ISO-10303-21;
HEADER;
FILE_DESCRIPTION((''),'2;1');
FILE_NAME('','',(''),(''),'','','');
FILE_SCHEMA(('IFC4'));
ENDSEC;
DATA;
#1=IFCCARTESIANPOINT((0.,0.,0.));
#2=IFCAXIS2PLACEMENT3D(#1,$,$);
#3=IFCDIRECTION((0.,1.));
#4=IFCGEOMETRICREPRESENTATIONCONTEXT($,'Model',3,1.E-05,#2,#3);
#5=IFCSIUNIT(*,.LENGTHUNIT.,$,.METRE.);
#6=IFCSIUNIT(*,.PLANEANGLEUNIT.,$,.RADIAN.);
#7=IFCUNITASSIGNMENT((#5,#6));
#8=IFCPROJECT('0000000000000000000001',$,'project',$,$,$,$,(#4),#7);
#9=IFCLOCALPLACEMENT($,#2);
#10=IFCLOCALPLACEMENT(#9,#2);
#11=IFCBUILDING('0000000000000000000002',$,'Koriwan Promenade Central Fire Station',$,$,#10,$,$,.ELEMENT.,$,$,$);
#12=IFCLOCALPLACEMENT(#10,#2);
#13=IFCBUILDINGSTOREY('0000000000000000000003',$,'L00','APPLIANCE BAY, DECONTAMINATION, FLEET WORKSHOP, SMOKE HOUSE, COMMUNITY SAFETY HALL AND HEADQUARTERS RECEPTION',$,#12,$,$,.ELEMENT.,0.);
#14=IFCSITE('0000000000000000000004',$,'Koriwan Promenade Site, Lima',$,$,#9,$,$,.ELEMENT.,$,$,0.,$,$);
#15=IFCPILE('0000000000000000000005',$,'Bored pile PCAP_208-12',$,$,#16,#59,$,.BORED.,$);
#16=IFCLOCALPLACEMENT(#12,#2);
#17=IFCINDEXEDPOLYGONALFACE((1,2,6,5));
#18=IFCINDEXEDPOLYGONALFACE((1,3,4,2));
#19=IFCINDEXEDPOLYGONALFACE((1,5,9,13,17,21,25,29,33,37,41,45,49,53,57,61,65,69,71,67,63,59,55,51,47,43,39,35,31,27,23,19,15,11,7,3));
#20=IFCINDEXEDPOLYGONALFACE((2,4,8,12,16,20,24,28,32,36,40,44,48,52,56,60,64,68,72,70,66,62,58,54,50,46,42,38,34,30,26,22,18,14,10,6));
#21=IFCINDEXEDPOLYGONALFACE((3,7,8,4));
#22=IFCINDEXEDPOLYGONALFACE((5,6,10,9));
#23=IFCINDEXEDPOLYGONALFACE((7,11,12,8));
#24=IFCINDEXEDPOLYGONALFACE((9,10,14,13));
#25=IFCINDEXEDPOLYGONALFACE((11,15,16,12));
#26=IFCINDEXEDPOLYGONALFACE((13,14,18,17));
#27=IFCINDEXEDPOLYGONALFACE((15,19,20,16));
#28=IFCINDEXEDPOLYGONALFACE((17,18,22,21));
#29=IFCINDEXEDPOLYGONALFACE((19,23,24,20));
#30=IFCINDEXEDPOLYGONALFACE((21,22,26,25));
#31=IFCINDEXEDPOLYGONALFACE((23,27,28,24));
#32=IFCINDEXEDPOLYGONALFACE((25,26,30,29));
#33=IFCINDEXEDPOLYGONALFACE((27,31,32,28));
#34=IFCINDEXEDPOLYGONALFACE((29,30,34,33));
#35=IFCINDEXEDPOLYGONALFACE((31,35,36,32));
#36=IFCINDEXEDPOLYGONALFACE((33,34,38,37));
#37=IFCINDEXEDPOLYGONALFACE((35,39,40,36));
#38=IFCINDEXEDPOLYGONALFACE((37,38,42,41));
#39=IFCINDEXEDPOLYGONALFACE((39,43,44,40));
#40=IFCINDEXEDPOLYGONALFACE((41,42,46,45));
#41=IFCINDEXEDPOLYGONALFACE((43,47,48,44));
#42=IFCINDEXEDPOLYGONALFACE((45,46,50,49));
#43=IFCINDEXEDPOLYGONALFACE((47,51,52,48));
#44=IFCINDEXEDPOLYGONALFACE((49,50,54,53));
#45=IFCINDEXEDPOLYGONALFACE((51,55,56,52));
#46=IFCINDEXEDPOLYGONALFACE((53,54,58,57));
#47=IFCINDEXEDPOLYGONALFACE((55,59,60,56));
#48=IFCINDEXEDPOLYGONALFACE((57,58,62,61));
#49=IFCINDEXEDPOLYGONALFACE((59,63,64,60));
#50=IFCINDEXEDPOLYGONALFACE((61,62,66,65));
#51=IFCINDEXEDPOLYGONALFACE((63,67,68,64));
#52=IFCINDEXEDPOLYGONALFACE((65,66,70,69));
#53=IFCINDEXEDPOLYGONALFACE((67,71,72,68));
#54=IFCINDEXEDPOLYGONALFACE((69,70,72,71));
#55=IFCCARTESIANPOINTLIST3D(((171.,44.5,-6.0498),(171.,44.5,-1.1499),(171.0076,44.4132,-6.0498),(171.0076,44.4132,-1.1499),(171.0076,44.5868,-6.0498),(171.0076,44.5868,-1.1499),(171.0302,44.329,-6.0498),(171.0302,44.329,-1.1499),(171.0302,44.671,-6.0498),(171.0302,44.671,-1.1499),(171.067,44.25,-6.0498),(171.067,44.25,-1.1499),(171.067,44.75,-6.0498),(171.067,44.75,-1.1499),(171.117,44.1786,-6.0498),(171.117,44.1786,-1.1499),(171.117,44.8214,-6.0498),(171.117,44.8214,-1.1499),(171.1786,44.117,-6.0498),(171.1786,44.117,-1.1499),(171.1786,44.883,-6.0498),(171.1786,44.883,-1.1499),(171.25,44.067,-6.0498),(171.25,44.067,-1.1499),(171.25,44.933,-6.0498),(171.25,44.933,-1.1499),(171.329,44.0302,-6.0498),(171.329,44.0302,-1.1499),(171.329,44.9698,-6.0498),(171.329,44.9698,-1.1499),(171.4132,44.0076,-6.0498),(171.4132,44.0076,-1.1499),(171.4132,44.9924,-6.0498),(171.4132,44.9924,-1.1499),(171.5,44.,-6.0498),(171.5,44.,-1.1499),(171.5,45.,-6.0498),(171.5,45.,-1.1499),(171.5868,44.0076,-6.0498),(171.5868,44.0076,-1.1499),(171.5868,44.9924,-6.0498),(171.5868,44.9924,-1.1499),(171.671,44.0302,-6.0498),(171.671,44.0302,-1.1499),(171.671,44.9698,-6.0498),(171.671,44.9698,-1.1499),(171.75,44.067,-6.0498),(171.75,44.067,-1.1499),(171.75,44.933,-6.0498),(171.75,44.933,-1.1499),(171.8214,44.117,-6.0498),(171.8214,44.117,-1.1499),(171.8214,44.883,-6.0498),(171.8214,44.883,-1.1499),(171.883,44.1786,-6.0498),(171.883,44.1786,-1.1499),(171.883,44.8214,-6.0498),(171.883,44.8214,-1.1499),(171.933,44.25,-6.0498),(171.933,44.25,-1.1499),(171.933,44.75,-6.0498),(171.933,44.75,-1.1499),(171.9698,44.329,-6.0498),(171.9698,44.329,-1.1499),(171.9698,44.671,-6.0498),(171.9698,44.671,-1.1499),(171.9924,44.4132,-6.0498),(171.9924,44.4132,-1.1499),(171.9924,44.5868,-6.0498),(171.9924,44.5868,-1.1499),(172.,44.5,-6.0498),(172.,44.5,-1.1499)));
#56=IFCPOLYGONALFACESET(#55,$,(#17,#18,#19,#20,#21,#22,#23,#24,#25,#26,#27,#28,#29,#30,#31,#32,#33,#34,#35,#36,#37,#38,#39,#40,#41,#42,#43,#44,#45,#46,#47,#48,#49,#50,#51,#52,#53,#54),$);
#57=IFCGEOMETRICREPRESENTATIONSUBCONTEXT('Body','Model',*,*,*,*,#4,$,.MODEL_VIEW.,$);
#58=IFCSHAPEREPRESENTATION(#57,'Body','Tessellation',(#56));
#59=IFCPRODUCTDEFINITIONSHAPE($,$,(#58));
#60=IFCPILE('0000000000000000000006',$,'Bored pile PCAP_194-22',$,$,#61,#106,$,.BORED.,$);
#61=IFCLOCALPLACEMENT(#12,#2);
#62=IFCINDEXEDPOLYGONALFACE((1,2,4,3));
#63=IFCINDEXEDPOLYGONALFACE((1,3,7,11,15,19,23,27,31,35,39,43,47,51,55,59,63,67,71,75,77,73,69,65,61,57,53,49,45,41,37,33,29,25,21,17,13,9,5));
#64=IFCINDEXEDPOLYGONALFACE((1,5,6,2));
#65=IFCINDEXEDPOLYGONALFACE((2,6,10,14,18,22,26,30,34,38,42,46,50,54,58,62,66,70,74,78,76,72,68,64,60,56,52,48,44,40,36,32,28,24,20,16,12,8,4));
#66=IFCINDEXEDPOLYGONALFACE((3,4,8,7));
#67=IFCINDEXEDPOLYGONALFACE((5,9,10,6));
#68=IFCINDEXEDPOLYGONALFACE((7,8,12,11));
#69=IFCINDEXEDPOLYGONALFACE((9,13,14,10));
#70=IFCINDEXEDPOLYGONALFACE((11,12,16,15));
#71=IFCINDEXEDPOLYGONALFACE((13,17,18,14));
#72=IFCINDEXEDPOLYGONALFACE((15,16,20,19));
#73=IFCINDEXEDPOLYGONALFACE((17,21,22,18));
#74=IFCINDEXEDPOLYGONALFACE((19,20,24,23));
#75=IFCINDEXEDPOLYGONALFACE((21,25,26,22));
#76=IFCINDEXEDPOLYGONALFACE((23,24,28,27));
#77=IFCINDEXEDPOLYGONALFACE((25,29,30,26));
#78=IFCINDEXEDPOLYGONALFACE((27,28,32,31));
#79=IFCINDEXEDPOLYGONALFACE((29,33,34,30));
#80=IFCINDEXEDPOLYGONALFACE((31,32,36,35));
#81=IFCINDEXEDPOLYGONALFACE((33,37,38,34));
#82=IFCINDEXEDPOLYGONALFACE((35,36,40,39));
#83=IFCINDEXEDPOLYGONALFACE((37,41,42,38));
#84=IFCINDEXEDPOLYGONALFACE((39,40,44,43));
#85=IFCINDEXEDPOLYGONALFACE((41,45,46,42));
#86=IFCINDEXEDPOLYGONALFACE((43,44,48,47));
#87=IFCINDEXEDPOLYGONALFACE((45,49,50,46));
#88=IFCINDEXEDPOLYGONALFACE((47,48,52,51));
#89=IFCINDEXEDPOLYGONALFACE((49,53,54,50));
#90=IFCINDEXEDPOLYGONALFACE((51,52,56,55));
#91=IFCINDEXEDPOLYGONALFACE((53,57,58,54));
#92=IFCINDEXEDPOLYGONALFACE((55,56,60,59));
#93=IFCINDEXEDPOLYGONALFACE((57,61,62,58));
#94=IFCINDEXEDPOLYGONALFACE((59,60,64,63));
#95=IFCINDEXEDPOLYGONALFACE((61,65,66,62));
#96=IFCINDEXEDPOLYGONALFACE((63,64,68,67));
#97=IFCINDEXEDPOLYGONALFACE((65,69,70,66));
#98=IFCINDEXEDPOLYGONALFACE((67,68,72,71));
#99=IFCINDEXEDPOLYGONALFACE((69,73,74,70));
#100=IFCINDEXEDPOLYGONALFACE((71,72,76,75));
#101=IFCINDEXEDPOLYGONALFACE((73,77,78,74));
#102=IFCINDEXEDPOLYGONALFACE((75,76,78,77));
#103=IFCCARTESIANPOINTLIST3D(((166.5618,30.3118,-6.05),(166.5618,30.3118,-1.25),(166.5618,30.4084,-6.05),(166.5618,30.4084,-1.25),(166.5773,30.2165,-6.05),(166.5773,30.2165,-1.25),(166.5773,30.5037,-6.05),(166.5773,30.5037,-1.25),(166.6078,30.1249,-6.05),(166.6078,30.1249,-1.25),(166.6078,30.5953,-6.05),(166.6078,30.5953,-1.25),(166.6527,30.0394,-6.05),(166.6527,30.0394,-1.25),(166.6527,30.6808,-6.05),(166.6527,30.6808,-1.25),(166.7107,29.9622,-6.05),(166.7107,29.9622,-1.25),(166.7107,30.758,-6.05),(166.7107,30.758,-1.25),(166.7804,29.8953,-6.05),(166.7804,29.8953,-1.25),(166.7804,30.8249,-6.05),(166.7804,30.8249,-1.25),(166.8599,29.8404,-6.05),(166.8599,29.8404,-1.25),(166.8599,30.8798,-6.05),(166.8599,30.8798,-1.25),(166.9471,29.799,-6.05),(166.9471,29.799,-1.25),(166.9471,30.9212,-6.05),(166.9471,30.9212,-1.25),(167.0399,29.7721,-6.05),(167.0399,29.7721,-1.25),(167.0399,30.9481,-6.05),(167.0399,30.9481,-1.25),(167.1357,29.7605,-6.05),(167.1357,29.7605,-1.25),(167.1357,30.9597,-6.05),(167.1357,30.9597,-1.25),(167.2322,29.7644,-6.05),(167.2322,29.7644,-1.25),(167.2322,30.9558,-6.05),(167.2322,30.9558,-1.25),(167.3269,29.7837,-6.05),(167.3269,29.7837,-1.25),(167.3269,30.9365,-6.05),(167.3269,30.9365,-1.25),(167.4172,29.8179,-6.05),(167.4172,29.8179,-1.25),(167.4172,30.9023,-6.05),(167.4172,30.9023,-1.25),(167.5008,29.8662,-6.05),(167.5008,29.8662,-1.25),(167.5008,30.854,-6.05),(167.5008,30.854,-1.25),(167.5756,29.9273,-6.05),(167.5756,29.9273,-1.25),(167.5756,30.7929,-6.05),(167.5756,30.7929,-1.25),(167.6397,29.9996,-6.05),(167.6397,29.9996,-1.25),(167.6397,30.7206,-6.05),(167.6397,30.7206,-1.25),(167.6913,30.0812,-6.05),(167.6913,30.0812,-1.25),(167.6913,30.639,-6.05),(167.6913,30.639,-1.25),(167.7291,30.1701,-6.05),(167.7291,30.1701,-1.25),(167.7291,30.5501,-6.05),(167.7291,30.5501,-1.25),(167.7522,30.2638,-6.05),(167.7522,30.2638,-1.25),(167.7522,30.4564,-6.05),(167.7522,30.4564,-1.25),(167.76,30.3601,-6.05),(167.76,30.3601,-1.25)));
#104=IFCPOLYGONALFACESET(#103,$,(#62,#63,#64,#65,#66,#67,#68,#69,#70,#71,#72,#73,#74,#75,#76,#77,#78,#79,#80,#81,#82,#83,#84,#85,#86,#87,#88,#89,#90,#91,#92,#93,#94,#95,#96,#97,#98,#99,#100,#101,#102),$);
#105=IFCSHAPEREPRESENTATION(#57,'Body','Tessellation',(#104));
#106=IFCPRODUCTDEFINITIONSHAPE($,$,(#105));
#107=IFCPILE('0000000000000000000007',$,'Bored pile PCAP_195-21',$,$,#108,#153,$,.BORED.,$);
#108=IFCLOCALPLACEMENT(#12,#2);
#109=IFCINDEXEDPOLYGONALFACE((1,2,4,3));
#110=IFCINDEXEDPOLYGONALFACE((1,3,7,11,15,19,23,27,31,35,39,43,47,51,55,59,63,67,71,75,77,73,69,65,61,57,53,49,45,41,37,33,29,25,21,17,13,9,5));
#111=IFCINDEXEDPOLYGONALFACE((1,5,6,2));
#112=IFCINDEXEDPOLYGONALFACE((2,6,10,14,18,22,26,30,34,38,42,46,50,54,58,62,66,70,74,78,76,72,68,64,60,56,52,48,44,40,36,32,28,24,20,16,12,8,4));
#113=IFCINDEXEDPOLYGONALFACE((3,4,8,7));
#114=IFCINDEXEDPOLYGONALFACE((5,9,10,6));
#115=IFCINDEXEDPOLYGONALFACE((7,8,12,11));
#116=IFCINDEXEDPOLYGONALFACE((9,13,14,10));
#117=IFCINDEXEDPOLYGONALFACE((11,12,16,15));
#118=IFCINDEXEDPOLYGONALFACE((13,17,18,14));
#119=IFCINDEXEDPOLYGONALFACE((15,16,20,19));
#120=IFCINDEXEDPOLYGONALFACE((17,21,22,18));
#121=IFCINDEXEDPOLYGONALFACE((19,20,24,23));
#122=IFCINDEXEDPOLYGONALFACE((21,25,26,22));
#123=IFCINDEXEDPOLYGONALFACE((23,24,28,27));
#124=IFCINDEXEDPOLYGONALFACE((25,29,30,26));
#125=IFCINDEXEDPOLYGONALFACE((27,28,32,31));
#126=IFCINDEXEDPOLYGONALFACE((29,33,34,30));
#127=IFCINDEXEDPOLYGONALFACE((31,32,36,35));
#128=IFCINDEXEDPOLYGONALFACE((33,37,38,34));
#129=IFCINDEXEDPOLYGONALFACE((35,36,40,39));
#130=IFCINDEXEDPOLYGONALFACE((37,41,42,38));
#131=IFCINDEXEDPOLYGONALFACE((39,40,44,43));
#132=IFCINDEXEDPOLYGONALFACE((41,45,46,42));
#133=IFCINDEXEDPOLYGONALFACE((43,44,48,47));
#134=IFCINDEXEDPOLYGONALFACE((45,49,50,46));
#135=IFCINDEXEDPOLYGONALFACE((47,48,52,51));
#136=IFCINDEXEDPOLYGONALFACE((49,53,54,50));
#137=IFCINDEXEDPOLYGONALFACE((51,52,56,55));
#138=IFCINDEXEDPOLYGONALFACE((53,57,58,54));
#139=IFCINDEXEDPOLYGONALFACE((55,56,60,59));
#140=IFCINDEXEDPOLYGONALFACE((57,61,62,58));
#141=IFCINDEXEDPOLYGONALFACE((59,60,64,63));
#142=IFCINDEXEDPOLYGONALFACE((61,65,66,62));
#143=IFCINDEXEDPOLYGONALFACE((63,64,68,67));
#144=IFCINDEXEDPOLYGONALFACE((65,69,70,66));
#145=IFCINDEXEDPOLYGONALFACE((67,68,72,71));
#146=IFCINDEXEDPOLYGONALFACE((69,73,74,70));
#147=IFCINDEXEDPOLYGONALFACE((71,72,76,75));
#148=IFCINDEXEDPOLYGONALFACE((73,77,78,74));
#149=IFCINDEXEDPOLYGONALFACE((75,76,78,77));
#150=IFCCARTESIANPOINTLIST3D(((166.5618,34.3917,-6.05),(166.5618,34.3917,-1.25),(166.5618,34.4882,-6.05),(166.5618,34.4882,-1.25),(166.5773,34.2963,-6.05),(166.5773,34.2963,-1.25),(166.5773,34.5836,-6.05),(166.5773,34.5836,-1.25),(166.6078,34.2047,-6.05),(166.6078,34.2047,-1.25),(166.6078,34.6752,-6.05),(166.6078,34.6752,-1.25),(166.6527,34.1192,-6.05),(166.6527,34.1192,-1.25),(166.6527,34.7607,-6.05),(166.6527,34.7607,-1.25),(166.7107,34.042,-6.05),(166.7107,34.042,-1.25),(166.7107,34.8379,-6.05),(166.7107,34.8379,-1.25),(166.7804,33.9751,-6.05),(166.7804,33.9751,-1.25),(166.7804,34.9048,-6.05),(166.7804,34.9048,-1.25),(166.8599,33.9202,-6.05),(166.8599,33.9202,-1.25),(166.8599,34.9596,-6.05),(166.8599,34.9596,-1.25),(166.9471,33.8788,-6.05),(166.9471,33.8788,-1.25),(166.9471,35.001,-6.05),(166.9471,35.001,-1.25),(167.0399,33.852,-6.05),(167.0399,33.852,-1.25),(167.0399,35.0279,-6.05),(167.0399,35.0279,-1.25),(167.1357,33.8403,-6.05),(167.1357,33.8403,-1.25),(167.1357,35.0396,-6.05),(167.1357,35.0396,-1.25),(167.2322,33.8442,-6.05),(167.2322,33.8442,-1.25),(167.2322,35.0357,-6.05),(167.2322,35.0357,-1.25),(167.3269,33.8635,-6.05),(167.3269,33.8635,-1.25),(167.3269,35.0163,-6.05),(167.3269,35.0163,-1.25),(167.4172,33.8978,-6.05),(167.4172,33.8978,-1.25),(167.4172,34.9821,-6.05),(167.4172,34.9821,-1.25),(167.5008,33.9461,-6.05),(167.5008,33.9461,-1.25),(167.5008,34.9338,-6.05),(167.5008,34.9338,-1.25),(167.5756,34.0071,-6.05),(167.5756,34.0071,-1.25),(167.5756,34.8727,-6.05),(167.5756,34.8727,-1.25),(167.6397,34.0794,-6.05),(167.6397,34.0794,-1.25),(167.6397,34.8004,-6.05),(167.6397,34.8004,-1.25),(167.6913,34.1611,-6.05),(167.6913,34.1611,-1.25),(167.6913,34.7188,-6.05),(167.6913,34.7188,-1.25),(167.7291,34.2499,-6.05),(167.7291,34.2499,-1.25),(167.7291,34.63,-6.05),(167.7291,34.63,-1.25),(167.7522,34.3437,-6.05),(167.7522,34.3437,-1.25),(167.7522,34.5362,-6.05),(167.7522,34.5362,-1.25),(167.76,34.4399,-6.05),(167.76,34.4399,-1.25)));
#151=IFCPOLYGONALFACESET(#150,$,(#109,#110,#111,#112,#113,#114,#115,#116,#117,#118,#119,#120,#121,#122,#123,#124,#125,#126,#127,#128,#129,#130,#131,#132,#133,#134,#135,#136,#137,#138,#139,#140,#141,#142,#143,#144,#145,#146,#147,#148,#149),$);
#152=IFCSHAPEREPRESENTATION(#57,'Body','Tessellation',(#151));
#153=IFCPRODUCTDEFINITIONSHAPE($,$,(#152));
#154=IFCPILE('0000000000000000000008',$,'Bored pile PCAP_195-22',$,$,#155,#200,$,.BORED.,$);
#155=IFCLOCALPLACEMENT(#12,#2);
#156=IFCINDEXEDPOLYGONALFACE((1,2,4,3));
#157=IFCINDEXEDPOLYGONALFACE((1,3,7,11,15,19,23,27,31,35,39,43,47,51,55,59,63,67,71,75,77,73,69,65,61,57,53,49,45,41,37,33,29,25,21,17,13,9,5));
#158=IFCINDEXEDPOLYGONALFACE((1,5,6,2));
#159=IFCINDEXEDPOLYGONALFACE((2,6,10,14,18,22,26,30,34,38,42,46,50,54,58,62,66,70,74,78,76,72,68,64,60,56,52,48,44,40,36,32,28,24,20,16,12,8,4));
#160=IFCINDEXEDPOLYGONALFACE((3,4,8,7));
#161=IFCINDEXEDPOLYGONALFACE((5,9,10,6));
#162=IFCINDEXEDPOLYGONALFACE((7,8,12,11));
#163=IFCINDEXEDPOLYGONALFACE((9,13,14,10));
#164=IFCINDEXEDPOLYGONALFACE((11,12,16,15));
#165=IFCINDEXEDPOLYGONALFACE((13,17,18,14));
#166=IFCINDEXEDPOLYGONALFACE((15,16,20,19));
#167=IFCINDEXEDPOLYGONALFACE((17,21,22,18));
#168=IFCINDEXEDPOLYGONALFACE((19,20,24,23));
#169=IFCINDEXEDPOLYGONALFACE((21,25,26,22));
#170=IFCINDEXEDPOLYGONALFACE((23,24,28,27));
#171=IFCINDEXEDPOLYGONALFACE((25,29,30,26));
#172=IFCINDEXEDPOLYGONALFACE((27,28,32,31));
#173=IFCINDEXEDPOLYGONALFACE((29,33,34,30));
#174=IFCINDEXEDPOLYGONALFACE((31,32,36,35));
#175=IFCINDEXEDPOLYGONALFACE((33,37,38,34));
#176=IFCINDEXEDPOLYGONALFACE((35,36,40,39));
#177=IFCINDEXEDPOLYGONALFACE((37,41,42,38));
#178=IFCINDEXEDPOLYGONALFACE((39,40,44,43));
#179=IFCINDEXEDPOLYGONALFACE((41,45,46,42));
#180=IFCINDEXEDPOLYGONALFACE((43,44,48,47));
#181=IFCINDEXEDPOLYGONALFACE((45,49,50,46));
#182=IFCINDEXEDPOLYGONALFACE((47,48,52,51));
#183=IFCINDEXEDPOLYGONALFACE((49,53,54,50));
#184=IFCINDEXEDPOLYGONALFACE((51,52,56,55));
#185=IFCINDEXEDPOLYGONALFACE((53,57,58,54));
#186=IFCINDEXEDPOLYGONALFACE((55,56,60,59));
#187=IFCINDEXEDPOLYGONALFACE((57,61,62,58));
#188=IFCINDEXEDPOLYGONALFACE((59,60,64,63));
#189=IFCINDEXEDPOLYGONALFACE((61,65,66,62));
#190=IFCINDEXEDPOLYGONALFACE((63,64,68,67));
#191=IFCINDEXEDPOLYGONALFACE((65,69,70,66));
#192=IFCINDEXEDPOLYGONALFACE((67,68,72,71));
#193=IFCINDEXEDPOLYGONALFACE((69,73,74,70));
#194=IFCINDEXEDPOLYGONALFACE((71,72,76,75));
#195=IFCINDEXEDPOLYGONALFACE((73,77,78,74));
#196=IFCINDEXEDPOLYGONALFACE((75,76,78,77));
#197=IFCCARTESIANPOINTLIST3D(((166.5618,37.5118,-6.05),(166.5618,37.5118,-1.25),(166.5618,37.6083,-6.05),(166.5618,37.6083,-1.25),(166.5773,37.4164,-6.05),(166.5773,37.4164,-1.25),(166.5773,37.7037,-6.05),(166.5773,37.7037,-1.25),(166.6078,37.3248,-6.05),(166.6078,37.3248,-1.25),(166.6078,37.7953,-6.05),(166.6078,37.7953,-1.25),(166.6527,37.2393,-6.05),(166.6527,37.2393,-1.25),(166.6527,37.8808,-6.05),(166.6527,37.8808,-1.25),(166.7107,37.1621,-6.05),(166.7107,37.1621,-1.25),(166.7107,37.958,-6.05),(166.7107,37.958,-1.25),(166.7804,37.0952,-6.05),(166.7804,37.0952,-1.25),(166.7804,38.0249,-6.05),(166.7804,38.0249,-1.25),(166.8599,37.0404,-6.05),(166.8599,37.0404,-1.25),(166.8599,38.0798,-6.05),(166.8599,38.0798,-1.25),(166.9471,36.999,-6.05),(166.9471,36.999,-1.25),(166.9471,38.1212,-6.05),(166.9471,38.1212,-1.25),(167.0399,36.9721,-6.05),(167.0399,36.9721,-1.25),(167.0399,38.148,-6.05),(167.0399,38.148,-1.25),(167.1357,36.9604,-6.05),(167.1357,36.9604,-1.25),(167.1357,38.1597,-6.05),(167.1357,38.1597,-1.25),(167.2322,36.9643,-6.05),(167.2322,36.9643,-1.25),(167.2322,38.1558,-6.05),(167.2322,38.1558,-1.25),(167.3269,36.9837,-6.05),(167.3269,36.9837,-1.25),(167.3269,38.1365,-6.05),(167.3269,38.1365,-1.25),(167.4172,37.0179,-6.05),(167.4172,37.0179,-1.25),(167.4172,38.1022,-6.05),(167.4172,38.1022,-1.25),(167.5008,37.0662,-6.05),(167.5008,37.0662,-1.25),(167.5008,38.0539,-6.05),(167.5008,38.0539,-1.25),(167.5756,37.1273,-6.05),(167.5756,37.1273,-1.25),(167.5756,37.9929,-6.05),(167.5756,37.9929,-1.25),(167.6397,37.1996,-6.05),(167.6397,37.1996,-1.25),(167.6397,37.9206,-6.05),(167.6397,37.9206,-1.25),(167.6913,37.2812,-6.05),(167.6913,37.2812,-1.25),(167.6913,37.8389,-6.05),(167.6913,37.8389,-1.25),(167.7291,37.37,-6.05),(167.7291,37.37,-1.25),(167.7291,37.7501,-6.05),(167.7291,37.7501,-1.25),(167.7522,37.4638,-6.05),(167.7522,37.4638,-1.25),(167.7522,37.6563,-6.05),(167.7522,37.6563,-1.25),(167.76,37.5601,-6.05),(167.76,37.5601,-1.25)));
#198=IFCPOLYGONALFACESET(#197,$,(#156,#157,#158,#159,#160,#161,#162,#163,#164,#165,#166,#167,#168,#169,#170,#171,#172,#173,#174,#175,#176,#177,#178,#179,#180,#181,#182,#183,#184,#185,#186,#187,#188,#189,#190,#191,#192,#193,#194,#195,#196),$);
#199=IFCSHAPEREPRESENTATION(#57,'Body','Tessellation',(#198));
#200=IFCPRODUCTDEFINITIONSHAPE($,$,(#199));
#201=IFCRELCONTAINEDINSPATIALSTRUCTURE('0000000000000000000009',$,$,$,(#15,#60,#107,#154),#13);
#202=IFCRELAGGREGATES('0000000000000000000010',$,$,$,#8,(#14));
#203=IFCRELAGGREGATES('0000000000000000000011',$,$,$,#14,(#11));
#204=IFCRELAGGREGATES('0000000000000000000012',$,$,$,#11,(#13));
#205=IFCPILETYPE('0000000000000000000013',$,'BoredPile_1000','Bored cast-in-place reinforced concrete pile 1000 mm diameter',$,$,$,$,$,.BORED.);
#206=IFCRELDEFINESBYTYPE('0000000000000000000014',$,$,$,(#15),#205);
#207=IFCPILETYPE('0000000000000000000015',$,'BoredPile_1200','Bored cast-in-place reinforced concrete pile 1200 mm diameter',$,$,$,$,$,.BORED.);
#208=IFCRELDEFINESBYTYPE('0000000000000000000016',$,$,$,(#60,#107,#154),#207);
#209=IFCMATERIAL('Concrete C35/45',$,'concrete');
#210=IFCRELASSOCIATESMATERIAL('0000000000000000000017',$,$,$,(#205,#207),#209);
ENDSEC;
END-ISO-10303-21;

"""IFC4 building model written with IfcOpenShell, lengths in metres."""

from ifc_helpers import new_model, si_unit, direction, frame, origin, origin_2d, place, context, subcontext, project, spatial, circle, extrude, material, material_profile, profile_set, type_object, element, save


model = new_model("IFC4")

# Units and contexts
model_context = context("Model", 3, precision=1e-05, world=origin(), true_north=direction((0.0, 1.0)))
body_context = subcontext(model_context, "Body", "Model", "MODEL_VIEW")
ifc_project = project(units=[si_unit("LENGTHUNIT", "METRE"), si_unit("PLANEANGLEUNIT", "RADIAN")], contexts=[model_context])

# Site, building, storey
site_placement = place(None, origin())
site = spatial("IfcSite", under=ifc_project, at=site_placement, Name="Koriwan Promenade Site, Lima", CompositionType="ELEMENT", RefElevation=0.0)
building_placement = place(site_placement, origin())
building = spatial("IfcBuilding", under=site, at=building_placement, Name="Koriwan Promenade Central Fire Station", CompositionType="ELEMENT")
storey_placement = place(building_placement, origin())
storey = spatial("IfcBuildingStorey", under=building, at=storey_placement, Name="L00", Description="APPLIANCE BAY, DECONTAMINATION, FLEET WORKSHOP, SMOKE HOUSE, COMMUNITY SAFETY HALL AND HEADQUARTERS RECEPTION", CompositionType="ELEMENT", Elevation=0.0)

# Piles
ifc_material_1 = material(Name="Concrete C35/45", Category="concrete")
ifc_material_profile_1 = material_profile(ifc_material_1, circle(Radius=0.5, at=origin_2d()), Name="PILE-D1000")
ifc_profile_set_1 = profile_set([ifc_material_profile_1], Name="Concrete C35/45")
pile_type_1 = type_object("IfcPileType", Name="BoredPile_1000", Description="Bored cast-in-place reinforced concrete pile 1000 mm diameter", PredefinedType="BORED", material=ifc_profile_set_1)
for number, where, z_axis, x_axis, name in (
    (1, (171.5, 44.5, -1.1499), (0.0, 0.0, -1.0), (1.0, 0.0, 0.0), "Bored pile PCAP_208-12"),
):
    element("IfcPile", number, at=place(storey_placement, frame(where, z_axis=z_axis, x_axis=x_axis)), inside=storey, type_object=pile_type_1, Name=name, PredefinedType="BORED", context=body_context, shape_type="SweptSolid", body=[
        extrude(circle(Radius=0.5, at=origin_2d()), origin(), (0.0, 0.0, 1.0), 4.8999),
    ])
ifc_material_profile_2 = material_profile(ifc_material_1, circle(Radius=0.6001, at=origin_2d()), Name="PILE-D1200")
ifc_profile_set_2 = profile_set([ifc_material_profile_2], Name="Concrete C35/45")
pile_type_2 = type_object("IfcPileType", Name="BoredPile_1200", Description="Bored cast-in-place reinforced concrete pile 1200 mm diameter", PredefinedType="BORED", material=ifc_profile_set_2)
for number, where, z_axis, x_axis, name in (
    (2, (167.1599, 30.3601, -1.25), (0.0, 0.0, -1.0), (1.0, 0.0, 0.0), "Bored pile PCAP_194-22"),
    (3, (167.1599, 34.4399, -1.25), (0.0, 0.0, -1.0), (1.0, 0.0, 0.0), "Bored pile PCAP_195-21"),
    (4, (167.1599, 37.5601, -1.25), (0.0, 0.0, -1.0), (1.0, 0.0, 0.0), "Bored pile PCAP_195-22"),
):
    element("IfcPile", number, at=place(storey_placement, frame(where, z_axis=z_axis, x_axis=x_axis)), inside=storey, type_object=pile_type_2, Name=name, PredefinedType="BORED", context=body_context, shape_type="SweptSolid", body=[
        extrude(circle(Radius=0.6001, at=origin_2d()), origin(), (0.0, 0.0, 1.0), 4.8),
    ])

save(model, "model.ifc")
